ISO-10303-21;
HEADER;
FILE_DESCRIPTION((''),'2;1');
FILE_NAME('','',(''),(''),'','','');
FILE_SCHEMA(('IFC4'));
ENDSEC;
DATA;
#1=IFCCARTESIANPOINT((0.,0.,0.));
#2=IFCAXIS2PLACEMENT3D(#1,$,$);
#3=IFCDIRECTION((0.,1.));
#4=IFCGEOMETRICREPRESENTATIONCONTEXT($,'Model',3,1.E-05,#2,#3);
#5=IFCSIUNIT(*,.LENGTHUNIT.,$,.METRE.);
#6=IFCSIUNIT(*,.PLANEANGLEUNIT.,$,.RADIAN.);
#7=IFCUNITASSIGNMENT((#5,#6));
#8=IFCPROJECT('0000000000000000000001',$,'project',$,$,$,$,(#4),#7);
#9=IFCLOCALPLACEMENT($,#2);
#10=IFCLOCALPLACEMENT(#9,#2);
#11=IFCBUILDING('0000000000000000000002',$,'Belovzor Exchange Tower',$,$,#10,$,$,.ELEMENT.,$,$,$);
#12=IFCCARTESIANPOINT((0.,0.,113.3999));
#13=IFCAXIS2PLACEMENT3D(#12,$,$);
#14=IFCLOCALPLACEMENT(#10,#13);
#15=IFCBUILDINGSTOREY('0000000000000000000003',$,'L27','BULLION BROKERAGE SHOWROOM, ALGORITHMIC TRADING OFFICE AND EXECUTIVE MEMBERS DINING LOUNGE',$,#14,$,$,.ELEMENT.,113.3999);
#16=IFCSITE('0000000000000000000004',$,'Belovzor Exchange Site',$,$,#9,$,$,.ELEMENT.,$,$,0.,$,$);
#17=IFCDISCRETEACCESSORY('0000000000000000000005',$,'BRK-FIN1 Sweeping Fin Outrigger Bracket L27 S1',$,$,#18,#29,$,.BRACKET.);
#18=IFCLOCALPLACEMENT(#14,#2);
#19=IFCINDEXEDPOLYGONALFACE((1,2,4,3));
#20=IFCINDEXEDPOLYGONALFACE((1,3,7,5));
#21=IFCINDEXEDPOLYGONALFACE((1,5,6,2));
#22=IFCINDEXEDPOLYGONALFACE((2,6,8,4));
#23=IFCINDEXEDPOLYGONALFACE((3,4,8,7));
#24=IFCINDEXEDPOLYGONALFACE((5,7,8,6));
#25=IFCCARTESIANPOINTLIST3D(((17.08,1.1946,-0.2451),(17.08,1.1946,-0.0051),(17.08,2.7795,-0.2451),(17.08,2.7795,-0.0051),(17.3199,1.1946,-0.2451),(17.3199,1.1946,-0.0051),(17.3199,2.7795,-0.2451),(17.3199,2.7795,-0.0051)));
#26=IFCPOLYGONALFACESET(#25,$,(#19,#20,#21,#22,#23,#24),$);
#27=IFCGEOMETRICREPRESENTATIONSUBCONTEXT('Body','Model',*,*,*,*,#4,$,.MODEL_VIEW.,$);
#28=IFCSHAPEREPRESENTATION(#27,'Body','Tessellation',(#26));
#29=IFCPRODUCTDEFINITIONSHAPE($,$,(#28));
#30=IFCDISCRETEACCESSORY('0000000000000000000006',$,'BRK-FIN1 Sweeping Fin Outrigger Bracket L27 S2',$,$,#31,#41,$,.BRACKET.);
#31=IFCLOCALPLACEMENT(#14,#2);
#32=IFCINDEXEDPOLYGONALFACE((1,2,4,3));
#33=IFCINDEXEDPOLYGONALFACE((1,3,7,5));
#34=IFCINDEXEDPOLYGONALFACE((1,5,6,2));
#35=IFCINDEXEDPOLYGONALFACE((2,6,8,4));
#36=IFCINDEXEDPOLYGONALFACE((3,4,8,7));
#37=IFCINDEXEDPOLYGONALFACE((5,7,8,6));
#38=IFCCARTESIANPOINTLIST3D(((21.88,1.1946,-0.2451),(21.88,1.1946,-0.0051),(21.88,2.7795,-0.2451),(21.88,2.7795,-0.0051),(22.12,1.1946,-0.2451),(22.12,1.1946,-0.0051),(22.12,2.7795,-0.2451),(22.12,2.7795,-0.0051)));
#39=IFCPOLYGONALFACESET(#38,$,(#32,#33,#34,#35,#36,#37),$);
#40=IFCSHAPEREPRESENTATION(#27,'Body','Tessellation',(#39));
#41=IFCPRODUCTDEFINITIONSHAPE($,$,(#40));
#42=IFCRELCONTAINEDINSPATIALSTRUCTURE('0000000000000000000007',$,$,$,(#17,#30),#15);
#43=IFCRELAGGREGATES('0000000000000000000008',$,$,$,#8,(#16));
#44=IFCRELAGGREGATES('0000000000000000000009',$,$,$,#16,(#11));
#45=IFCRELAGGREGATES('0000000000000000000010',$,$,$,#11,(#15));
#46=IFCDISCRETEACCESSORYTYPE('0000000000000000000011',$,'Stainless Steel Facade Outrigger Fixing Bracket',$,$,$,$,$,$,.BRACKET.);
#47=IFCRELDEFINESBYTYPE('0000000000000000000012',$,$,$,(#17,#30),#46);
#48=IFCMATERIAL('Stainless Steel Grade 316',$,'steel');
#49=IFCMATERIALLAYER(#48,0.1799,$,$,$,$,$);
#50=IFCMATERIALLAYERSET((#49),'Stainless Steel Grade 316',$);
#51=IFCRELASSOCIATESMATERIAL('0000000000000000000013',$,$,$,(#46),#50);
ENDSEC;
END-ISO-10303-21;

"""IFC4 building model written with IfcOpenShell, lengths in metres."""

from ifc_helpers import new_model, si_unit, direction, frame, origin, origin_2d, place, context, subcontext, project, spatial, rectangle, extrude, material, layer, layer_set, type_object, element, save


model = new_model("IFC4")

# Units and contexts
model_context = context("Model", 3, precision=1e-05, world=origin(), true_north=direction((0.0, 1.0)))
body_context = subcontext(model_context, "Body", "Model", "MODEL_VIEW")
ifc_project = project(units=[si_unit("LENGTHUNIT", "METRE"), si_unit("PLANEANGLEUNIT", "RADIAN")], contexts=[model_context])

# Site, building, storey
site_placement = place(None, origin())
site = spatial("IfcSite", under=ifc_project, at=site_placement, Name="Belovzor Exchange Site", CompositionType="ELEMENT", RefElevation=0.0)
building_placement = place(site_placement, origin())
building = spatial("IfcBuilding", under=site, at=building_placement, Name="Belovzor Exchange Tower", CompositionType="ELEMENT")
storey_placement = place(building_placement, frame((0.0, 0.0, 113.3999)))
storey = spatial("IfcBuildingStorey", under=building, at=storey_placement, Name="L27", Description="BULLION BROKERAGE SHOWROOM, ALGORITHMIC TRADING OFFICE AND EXECUTIVE MEMBERS DINING LOUNGE", CompositionType="ELEMENT", Elevation=113.3999)

# Discrete accessories
ifc_material_1 = material(Name="Stainless Steel Grade 316", Category="steel")
ifc_layer_1 = layer(ifc_material_1, 0.1799)
ifc_layer_set_1 = layer_set([ifc_layer_1], Name="Stainless Steel Grade 316")
discrete_accessory_type = type_object("IfcDiscreteAccessoryType", Name="Stainless Steel Facade Outrigger Fixing Bracket", PredefinedType="BRACKET", material=ifc_layer_set_1)
for number, where, z_axis, x_axis, name in (
    (1, (17.2, 1.9871, -0.2451), (0.0, 0.0, 1.0), (0.0, 1.0, 0.0), "BRK-FIN1 Sweeping Fin Outrigger Bracket L27 S1"),
    (2, (22.0, 1.9871, -0.2451), (0.0, 0.0, 1.0), (0.0, 1.0, 0.0), "BRK-FIN1 Sweeping Fin Outrigger Bracket L27 S2"),
):
    element("IfcDiscreteAccessory", number, at=place(storey_placement, frame(where, z_axis=z_axis, x_axis=x_axis)), inside=storey, type_object=discrete_accessory_type, Name=name, PredefinedType="BRACKET", context=body_context, shape_type="SweptSolid", body=[
        extrude(rectangle(XDim=1.585, YDim=0.24, at=origin_2d()), origin(), (0.0, 0.0, 1.0), 0.24),
    ])

save(model, "model.ifc")
